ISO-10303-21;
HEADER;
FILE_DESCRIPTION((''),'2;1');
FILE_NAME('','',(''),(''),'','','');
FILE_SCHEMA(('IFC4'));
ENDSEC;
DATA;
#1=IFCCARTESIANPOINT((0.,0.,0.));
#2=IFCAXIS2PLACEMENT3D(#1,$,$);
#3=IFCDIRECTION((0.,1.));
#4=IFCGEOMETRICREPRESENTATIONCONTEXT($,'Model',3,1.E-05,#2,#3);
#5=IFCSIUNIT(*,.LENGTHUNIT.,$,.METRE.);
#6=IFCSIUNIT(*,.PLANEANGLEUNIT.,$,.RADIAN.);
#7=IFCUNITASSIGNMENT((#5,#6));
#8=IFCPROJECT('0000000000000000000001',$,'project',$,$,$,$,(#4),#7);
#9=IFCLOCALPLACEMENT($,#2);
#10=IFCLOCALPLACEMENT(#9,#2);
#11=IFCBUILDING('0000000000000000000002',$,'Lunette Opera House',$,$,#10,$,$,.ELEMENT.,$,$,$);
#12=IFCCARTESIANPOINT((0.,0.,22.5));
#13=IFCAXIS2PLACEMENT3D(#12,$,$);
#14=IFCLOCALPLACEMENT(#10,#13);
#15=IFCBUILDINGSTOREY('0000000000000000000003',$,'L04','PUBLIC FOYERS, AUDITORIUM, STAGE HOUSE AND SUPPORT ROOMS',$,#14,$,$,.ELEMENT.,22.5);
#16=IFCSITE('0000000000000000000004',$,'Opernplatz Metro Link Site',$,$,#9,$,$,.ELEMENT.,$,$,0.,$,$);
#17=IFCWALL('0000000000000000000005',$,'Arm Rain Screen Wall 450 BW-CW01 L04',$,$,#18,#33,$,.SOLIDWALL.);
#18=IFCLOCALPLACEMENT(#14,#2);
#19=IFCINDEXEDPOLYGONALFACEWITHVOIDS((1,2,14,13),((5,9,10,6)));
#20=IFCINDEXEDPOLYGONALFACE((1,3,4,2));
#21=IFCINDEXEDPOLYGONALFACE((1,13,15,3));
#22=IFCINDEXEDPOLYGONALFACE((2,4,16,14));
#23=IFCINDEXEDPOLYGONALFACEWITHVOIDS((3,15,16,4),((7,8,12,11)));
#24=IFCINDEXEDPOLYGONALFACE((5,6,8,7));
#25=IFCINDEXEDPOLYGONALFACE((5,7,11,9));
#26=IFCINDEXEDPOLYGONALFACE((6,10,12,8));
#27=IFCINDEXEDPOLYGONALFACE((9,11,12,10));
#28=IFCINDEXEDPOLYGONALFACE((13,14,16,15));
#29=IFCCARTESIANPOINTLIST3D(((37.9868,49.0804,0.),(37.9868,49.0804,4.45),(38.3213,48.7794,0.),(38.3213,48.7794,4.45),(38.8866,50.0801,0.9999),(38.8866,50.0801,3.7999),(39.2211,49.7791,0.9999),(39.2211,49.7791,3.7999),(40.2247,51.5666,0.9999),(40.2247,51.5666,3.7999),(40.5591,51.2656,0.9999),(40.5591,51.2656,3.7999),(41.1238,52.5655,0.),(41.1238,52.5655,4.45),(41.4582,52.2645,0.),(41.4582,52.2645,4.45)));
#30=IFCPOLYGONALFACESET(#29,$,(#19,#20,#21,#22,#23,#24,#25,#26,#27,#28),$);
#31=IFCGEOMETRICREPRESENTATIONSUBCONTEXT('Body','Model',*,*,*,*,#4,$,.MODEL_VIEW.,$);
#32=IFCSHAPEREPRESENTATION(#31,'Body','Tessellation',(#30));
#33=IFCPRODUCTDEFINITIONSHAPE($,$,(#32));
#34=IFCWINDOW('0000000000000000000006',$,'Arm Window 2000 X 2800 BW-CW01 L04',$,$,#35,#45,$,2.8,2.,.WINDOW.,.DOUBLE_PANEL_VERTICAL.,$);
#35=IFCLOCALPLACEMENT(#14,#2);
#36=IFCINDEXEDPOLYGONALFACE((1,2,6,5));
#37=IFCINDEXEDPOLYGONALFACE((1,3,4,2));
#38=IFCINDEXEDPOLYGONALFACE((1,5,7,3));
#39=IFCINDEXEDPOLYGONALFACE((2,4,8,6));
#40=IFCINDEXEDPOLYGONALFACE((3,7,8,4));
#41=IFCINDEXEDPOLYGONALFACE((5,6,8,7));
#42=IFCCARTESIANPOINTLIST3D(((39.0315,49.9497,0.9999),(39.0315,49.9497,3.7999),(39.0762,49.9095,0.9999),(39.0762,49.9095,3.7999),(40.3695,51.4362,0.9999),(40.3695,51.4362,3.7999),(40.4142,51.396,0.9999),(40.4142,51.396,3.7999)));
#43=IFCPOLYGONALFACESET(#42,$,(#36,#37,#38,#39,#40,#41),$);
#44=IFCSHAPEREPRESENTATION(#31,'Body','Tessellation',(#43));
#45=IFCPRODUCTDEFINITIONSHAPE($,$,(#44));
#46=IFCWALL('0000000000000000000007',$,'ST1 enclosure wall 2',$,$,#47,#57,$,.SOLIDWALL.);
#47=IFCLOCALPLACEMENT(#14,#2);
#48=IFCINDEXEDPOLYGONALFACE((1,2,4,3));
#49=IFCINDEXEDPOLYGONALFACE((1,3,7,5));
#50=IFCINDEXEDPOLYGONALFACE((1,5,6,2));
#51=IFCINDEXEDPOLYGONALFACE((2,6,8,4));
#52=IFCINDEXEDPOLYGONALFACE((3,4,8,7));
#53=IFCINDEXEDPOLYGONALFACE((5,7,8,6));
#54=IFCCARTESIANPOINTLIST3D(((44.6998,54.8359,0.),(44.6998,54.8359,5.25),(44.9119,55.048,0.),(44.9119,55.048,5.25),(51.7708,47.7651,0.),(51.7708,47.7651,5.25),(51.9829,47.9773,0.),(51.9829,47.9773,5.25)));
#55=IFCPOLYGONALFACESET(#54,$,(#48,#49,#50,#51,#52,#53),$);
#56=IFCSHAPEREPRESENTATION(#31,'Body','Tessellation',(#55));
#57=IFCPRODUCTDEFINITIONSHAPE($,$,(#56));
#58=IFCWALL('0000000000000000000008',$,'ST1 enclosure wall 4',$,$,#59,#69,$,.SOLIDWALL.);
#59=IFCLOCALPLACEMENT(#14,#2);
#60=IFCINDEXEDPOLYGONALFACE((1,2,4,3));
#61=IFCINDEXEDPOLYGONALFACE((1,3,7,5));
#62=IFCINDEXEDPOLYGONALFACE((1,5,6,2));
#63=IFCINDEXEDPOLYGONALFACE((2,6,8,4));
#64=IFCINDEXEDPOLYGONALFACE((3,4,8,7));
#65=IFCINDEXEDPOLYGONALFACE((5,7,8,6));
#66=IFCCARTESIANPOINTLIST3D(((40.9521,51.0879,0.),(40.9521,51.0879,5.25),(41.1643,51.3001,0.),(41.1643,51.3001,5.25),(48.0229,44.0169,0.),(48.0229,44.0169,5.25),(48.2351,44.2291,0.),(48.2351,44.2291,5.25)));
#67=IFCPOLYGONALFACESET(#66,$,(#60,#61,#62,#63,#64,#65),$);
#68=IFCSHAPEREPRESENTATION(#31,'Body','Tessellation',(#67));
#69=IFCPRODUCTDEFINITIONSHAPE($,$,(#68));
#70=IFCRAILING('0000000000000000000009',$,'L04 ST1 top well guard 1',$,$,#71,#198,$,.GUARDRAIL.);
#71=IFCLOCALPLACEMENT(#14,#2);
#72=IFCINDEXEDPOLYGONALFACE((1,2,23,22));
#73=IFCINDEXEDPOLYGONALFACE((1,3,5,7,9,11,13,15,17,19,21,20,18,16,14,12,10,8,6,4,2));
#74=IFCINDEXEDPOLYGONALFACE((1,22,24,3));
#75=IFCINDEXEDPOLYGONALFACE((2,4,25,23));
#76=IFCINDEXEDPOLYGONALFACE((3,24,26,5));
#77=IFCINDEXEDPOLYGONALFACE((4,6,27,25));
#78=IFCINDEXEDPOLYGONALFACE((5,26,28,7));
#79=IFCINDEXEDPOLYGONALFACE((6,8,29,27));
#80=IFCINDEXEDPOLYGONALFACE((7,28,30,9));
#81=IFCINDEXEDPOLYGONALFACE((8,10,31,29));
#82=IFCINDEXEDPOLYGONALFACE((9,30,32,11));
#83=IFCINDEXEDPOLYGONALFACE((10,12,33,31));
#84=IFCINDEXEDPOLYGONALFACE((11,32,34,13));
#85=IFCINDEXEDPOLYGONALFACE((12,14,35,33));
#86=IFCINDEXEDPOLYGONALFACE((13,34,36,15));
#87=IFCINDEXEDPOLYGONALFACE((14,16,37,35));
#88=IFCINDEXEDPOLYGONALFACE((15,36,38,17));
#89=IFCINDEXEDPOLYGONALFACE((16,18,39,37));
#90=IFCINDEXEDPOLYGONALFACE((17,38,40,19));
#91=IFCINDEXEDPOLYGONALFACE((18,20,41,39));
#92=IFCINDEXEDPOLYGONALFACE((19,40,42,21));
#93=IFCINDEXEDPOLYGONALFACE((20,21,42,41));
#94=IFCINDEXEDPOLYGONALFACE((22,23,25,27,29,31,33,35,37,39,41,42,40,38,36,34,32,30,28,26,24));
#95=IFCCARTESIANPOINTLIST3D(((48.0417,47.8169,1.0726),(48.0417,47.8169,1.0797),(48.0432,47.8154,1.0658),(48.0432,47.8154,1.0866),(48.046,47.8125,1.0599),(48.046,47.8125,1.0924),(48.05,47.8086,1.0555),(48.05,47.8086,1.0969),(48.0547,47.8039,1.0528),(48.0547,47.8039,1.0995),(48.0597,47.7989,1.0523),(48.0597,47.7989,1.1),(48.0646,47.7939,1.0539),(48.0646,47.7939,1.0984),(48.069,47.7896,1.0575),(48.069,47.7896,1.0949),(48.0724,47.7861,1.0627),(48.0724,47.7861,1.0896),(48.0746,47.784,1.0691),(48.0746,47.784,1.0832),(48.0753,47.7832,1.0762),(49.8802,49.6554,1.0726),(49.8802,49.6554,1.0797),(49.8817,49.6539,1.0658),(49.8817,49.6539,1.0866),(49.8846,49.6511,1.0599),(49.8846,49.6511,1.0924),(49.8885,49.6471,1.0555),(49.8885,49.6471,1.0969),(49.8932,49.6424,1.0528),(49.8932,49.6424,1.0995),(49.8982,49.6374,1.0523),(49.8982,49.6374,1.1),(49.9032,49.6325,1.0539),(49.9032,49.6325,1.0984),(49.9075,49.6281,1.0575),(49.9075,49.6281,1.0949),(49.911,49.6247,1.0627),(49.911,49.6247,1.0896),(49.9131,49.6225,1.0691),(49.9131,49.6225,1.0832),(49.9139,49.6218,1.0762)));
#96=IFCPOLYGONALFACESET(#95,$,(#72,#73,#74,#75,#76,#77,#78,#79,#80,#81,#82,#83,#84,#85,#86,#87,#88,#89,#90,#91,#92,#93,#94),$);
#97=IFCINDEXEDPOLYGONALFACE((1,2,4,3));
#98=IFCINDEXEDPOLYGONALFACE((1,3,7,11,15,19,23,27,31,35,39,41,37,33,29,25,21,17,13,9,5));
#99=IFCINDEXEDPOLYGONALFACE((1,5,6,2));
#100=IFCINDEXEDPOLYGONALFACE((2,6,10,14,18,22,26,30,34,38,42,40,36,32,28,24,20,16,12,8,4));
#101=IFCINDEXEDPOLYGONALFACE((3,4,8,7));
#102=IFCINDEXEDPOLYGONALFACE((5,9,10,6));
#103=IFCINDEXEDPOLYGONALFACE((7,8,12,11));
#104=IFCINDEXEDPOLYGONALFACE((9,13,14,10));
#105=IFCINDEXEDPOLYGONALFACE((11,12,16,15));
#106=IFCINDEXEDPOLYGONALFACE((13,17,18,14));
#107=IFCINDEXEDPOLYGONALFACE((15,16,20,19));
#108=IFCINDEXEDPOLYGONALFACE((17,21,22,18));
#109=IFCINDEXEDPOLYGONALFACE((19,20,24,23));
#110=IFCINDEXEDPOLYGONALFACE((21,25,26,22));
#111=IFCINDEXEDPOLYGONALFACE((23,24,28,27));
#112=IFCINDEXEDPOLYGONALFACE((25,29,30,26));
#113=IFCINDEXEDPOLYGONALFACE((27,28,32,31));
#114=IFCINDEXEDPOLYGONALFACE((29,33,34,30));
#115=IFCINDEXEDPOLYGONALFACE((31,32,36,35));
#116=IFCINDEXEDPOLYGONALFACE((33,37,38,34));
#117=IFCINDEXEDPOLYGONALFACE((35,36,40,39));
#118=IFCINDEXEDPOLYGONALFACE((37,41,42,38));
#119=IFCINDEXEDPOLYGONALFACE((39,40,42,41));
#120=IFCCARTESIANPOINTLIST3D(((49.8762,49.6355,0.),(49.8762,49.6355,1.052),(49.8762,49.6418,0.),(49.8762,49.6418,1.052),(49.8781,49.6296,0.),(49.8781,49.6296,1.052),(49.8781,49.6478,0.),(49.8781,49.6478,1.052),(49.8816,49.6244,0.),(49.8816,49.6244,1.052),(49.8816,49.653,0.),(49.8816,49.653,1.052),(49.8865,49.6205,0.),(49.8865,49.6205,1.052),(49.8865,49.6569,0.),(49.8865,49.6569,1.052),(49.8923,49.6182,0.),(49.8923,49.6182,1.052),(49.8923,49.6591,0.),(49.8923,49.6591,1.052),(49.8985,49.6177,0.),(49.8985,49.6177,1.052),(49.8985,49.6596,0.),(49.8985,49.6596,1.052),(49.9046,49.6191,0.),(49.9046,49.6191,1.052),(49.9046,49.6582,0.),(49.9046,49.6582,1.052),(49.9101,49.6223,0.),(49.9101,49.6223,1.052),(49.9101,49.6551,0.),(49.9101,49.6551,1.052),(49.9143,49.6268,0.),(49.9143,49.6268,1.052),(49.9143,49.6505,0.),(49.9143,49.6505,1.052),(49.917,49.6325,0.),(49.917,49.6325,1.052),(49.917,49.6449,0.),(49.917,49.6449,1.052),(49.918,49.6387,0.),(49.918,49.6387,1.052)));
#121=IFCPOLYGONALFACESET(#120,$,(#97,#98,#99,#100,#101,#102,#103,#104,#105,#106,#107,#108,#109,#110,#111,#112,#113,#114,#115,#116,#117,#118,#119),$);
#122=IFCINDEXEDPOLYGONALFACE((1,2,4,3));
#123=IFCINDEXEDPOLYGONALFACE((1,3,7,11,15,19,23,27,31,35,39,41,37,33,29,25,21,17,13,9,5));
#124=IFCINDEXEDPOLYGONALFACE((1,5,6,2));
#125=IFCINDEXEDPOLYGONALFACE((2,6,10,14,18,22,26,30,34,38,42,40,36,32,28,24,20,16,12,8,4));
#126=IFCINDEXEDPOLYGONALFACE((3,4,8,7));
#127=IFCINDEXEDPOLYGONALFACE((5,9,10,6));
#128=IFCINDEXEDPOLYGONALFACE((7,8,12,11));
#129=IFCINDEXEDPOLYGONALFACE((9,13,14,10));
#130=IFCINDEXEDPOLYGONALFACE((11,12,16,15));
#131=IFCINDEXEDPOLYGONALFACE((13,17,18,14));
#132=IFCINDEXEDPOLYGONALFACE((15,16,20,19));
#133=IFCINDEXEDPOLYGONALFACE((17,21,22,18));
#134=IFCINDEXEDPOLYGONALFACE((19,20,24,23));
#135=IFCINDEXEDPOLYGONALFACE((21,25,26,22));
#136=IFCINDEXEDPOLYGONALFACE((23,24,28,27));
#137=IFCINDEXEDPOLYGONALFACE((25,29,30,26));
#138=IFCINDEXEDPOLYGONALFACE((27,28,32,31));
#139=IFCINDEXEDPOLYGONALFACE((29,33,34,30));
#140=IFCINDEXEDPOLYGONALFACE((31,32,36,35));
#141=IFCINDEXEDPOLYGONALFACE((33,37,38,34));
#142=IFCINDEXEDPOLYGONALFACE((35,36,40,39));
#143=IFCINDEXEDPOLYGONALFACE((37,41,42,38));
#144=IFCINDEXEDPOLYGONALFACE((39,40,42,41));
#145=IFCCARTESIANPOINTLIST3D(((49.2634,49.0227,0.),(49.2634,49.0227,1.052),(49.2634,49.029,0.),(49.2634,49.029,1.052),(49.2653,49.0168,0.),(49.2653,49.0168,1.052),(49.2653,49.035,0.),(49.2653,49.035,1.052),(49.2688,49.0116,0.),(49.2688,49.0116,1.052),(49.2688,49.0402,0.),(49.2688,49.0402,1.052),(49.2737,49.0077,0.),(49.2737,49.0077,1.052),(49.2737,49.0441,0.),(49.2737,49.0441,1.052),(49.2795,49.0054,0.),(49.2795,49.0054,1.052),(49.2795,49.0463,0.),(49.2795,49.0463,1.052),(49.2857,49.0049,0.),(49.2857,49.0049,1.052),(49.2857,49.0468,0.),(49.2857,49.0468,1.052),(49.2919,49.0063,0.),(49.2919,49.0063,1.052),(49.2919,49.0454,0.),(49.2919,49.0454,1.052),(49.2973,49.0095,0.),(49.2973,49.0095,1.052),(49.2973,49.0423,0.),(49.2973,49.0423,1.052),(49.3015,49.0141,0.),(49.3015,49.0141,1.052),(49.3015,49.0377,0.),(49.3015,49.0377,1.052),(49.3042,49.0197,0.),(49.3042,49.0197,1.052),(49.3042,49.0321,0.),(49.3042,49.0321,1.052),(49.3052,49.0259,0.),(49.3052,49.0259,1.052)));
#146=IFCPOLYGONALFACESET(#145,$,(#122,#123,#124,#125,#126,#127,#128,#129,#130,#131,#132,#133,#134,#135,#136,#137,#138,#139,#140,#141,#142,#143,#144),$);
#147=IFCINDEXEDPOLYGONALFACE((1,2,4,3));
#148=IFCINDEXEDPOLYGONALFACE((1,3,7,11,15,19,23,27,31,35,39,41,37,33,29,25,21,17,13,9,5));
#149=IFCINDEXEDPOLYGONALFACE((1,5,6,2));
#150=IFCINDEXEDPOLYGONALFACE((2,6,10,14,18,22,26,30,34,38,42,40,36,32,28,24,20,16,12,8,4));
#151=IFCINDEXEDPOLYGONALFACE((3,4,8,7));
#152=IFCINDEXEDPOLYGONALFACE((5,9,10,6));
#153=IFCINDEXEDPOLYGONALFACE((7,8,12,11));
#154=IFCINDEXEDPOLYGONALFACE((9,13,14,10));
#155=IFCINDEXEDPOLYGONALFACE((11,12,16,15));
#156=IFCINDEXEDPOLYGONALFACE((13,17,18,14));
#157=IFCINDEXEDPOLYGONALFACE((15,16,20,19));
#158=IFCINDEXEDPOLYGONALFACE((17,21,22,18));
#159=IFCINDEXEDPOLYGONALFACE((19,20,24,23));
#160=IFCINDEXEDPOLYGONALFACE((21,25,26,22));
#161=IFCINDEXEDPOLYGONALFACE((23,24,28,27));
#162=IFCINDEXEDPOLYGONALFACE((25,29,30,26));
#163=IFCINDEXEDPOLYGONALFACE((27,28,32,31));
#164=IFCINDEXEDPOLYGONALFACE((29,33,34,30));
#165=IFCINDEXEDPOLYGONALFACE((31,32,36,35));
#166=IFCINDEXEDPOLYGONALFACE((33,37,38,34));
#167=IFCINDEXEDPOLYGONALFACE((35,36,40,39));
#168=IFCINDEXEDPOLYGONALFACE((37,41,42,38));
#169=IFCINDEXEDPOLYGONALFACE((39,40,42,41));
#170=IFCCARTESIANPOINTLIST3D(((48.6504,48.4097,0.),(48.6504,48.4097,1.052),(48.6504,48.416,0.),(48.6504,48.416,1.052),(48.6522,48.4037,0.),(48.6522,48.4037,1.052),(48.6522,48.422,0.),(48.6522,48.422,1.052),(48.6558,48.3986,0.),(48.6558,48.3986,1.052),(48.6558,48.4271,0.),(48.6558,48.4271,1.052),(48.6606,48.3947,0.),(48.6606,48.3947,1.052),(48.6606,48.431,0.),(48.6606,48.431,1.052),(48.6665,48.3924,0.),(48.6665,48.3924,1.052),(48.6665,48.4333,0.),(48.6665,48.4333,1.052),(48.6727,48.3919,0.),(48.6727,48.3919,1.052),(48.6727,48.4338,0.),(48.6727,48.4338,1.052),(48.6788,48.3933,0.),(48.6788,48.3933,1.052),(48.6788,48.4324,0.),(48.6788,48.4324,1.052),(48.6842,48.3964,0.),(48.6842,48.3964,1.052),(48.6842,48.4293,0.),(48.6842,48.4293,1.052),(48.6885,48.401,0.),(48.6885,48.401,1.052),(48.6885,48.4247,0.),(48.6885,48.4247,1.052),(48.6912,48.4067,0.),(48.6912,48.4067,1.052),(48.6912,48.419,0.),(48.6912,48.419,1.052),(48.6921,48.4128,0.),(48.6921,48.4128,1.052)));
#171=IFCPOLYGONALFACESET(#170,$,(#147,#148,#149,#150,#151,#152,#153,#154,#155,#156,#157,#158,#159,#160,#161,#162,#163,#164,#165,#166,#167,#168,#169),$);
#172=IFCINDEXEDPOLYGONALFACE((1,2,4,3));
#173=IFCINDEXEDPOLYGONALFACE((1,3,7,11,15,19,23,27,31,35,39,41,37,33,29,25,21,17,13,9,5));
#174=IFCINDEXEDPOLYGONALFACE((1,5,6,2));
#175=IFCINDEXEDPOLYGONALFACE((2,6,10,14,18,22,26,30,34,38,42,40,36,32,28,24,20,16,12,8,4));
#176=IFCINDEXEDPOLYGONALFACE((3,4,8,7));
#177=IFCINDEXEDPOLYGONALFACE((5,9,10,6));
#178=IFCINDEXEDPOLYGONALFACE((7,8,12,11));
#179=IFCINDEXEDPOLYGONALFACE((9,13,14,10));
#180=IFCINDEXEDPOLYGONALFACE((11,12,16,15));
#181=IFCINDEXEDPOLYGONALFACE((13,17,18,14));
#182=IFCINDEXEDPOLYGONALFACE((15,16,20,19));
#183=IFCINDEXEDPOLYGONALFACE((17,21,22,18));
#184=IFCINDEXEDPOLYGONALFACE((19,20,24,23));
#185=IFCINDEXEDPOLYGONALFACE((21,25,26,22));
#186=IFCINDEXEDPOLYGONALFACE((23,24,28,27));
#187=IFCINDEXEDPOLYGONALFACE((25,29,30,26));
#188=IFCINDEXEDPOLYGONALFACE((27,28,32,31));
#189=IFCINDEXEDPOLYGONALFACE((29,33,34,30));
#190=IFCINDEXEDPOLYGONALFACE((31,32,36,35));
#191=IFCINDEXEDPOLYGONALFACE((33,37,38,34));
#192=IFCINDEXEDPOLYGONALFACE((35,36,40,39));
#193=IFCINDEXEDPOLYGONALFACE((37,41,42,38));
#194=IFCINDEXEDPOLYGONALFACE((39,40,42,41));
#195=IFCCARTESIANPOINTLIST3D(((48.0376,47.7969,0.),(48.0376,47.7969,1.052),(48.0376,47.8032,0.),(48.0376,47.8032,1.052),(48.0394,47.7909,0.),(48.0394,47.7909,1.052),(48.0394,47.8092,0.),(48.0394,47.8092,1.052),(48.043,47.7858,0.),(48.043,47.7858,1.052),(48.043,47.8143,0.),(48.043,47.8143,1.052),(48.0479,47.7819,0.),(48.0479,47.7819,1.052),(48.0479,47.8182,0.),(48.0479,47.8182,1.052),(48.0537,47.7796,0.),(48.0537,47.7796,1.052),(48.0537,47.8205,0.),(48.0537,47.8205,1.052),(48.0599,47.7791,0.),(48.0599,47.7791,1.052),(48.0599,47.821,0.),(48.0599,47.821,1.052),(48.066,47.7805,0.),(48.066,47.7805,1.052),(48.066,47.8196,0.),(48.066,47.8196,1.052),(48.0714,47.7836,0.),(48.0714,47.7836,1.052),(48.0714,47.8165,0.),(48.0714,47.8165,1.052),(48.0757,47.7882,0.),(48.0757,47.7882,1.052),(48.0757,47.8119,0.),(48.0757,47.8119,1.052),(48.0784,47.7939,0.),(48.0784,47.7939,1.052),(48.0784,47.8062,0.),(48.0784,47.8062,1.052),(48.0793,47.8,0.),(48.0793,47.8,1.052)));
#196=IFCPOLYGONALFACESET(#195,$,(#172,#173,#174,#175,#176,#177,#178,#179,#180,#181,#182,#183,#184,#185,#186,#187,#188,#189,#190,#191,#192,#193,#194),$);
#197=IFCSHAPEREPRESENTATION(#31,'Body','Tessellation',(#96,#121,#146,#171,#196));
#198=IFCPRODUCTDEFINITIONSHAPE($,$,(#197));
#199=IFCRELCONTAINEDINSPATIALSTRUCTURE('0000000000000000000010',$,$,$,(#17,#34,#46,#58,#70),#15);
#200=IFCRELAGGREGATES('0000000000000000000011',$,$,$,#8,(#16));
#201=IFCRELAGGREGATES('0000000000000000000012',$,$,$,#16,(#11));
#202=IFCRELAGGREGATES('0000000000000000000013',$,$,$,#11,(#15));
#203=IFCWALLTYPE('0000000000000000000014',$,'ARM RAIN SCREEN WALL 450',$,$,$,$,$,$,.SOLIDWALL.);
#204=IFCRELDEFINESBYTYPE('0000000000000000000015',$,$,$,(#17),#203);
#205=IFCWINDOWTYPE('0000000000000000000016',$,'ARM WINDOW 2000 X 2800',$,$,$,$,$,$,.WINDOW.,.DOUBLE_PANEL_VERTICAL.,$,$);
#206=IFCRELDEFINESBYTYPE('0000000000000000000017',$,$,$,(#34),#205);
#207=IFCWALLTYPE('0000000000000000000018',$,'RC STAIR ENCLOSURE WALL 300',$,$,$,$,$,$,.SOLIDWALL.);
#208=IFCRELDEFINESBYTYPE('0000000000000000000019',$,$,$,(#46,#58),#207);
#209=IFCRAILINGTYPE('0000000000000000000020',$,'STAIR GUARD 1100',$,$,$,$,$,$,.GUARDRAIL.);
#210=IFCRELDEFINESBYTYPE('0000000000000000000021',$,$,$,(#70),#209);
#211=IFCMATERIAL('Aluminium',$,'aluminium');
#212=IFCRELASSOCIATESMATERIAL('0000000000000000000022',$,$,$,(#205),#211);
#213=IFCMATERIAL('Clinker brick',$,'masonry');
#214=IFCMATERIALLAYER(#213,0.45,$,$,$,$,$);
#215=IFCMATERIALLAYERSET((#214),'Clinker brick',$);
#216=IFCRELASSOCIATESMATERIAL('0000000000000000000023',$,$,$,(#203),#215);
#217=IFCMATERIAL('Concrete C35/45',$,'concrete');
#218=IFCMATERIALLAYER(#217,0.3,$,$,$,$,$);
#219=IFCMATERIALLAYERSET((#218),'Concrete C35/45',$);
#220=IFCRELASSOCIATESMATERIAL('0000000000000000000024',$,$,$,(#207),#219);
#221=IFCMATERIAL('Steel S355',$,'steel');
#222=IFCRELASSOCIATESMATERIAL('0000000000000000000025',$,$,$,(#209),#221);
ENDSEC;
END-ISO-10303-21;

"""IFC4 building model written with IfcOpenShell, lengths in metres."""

from ifc_helpers import new_model, si_unit, direction, frame, frame_2d, origin, origin_2d, place, context, subcontext, project, spatial, rectangle, circle, extrude, material, layer, layer_set, type_object, element, fill, save


model = new_model("IFC4")

# Units and contexts
model_context = context("Model", 3, precision=1e-05, world=origin(), true_north=direction((0.0, 1.0)))
body_context = subcontext(model_context, "Body", "Model", "MODEL_VIEW")
ifc_project = project(units=[si_unit("LENGTHUNIT", "METRE"), si_unit("PLANEANGLEUNIT", "RADIAN")], contexts=[model_context])

# Site, building, storey
site_placement = place(None, origin())
site = spatial("IfcSite", under=ifc_project, at=site_placement, Name="Opernplatz Metro Link Site", CompositionType="ELEMENT", RefElevation=0.0)
building_placement = place(site_placement, origin())
building = spatial("IfcBuilding", under=site, at=building_placement, Name="Lunette Opera House", CompositionType="ELEMENT")
storey_placement = place(building_placement, frame((0.0, 0.0, 22.5)))
storey = spatial("IfcBuildingStorey", under=building, at=storey_placement, Name="L04", Description="PUBLIC FOYERS, AUDITORIUM, STAGE HOUSE AND SUPPORT ROOMS", CompositionType="ELEMENT", Elevation=22.5)

# Wall, opening, window
ifc_material_1 = material(Name="Aluminium", Category="aluminium")
window_type = type_object("IfcWindowType", Name="ARM WINDOW 2000 X 2800", PartitioningType="DOUBLE_PANEL_VERTICAL", PredefinedType="WINDOW", material=ifc_material_1)
ifc_material_2 = material(Name="Clinker brick", Category="masonry")
ifc_layer_1 = layer(ifc_material_2, 0.45)
ifc_layer_set_1 = layer_set([ifc_layer_1], Name="Clinker brick")
wall_type_1 = type_object("IfcWallType", Name="ARM RAIN SCREEN WALL 450", PredefinedType="SOLIDWALL", material=ifc_layer_set_1)
wall_1_placement = place(storey_placement, frame((38.1541, 48.9299, 0.0), z_axis=(0.0, 0.0, 1.0), x_axis=(0.669008, 0.743255, 0.0)))
wall_1 = element("IfcWall", 1, at=wall_1_placement, inside=storey, type_object=wall_type_1, Name="Arm Rain Screen Wall 450 BW-CW01 L04", PredefinedType="SOLIDWALL", context=body_context, shape_type="SweptSolid", body=[
    extrude(rectangle(XDim=4.689, YDim=0.45, at=frame_2d((2.3445, 0.0))), origin(), (0.0, 0.0, 1.0), 4.45),
])
opening_1_placement = place(wall_1_placement, frame((1.345, 0.0, 1.0)))
opening_1 = element("IfcOpeningElement", 2, at=opening_1_placement, cuts=wall_1, PredefinedType="OPENING", context=body_context, shape_type="SweptSolid", body=[
    extrude(rectangle(XDim=2.0, YDim=2.8, at=frame_2d((1.0, 1.3999))), frame((0.0, 0.2371, 0.0), z_axis=(0.0, -1.0, 0.0), x_axis=(1.0, 0.0, 0.0)), (0.0, 0.0, 1.0), 0.4739),
])
window_1_placement = place(opening_1_placement, origin())
window_1 = element("IfcWindow", 3, at=window_1_placement, inside=storey, type_object=window_type, Name="Arm Window 2000 X 2800 BW-CW01 L04", OverallHeight=2.8, OverallWidth=2.0, PartitioningType="DOUBLE_PANEL_VERTICAL", PredefinedType="WINDOW", context=body_context, shape_type="SweptSolid", body=[
    extrude(rectangle(XDim=2.0, YDim=2.8, at=frame_2d((1.0, 1.3999))), frame((0.0, 0.03, 0.0), z_axis=(0.0, -1.0, 0.0), x_axis=(1.0, 0.0, 0.0)), (0.0, 0.0, 1.0), 0.0601),
])
fill(opening_1, window_1)

# Walls
ifc_material_3 = material(Name="Concrete C35/45", Category="concrete")
ifc_layer_2 = layer(ifc_material_3, 0.3)
ifc_layer_set_2 = layer_set([ifc_layer_2], Name="Concrete C35/45")
wall_type_2 = type_object("IfcWallType", Name="RC STAIR ENCLOSURE WALL 300", PredefinedType="SOLIDWALL", material=ifc_layer_set_2)
for number, where, z_axis, x_axis, name in (
    (4, (51.877, 47.8711, 0.0), (0.0, 0.0, 1.0), (-0.707119, 0.707095, 0.0), "ST1 enclosure wall 2"),
    (5, (41.0581, 51.1941, 0.0), (0.0, 0.0, 1.0), (0.707095, -0.707119, 0.0), "ST1 enclosure wall 4"),
):
    element("IfcWall", number, at=place(storey_placement, frame(where, z_axis=z_axis, x_axis=x_axis)), inside=storey, type_object=wall_type_2, Name=name, PredefinedType="SOLIDWALL", context=body_context, shape_type="SweptSolid", body=[
        extrude(rectangle(XDim=9.9998, YDim=0.3, at=frame_2d((5.0, 0.0))), origin(), (0.0, 0.0, 1.0), 5.25),
    ])

# Railing
ifc_material_4 = material(Name="Steel S355", Category="steel")
railing_type = type_object("IfcRailingType", Name="STAIR GUARD 1100", PredefinedType="GUARDRAIL", material=ifc_material_4)
railing_placement = place(storey_placement, frame((49.897, 49.6387, 0.0)))
element("IfcRailing", 6, at=railing_placement, inside=storey, type_object=railing_type, Name="L04 ST1 top well guard 1", PredefinedType="GUARDRAIL", context=body_context, shape_type="SweptSolid", body=[
    extrude(circle(Radius=0.0239, at=origin_2d()), frame((0.0, 0.0, 1.0762), z_axis=(-0.707107, -0.707107, 0.0), x_axis=(0.707107, -0.707107, 0.0)), (0.0, 0.0, 1.0), 2.6001),
    extrude(circle(Radius=0.021, at=origin_2d()), origin(), (0.0, 0.0, 1.0), 1.052),
    extrude(circle(Radius=0.021, at=origin_2d()), frame((-0.6128, -0.6128, 0.0)), (0.0, 0.0, 1.0), 1.052),
    extrude(circle(Radius=0.021, at=origin_2d()), frame((-1.2258, -1.2258, 0.0)), (0.0, 0.0, 1.0), 1.052),
    extrude(circle(Radius=0.021, at=origin_2d()), frame((-1.8386, -1.8386, 0.0)), (0.0, 0.0, 1.0), 1.052),
])

save(model, "model.ifc")
